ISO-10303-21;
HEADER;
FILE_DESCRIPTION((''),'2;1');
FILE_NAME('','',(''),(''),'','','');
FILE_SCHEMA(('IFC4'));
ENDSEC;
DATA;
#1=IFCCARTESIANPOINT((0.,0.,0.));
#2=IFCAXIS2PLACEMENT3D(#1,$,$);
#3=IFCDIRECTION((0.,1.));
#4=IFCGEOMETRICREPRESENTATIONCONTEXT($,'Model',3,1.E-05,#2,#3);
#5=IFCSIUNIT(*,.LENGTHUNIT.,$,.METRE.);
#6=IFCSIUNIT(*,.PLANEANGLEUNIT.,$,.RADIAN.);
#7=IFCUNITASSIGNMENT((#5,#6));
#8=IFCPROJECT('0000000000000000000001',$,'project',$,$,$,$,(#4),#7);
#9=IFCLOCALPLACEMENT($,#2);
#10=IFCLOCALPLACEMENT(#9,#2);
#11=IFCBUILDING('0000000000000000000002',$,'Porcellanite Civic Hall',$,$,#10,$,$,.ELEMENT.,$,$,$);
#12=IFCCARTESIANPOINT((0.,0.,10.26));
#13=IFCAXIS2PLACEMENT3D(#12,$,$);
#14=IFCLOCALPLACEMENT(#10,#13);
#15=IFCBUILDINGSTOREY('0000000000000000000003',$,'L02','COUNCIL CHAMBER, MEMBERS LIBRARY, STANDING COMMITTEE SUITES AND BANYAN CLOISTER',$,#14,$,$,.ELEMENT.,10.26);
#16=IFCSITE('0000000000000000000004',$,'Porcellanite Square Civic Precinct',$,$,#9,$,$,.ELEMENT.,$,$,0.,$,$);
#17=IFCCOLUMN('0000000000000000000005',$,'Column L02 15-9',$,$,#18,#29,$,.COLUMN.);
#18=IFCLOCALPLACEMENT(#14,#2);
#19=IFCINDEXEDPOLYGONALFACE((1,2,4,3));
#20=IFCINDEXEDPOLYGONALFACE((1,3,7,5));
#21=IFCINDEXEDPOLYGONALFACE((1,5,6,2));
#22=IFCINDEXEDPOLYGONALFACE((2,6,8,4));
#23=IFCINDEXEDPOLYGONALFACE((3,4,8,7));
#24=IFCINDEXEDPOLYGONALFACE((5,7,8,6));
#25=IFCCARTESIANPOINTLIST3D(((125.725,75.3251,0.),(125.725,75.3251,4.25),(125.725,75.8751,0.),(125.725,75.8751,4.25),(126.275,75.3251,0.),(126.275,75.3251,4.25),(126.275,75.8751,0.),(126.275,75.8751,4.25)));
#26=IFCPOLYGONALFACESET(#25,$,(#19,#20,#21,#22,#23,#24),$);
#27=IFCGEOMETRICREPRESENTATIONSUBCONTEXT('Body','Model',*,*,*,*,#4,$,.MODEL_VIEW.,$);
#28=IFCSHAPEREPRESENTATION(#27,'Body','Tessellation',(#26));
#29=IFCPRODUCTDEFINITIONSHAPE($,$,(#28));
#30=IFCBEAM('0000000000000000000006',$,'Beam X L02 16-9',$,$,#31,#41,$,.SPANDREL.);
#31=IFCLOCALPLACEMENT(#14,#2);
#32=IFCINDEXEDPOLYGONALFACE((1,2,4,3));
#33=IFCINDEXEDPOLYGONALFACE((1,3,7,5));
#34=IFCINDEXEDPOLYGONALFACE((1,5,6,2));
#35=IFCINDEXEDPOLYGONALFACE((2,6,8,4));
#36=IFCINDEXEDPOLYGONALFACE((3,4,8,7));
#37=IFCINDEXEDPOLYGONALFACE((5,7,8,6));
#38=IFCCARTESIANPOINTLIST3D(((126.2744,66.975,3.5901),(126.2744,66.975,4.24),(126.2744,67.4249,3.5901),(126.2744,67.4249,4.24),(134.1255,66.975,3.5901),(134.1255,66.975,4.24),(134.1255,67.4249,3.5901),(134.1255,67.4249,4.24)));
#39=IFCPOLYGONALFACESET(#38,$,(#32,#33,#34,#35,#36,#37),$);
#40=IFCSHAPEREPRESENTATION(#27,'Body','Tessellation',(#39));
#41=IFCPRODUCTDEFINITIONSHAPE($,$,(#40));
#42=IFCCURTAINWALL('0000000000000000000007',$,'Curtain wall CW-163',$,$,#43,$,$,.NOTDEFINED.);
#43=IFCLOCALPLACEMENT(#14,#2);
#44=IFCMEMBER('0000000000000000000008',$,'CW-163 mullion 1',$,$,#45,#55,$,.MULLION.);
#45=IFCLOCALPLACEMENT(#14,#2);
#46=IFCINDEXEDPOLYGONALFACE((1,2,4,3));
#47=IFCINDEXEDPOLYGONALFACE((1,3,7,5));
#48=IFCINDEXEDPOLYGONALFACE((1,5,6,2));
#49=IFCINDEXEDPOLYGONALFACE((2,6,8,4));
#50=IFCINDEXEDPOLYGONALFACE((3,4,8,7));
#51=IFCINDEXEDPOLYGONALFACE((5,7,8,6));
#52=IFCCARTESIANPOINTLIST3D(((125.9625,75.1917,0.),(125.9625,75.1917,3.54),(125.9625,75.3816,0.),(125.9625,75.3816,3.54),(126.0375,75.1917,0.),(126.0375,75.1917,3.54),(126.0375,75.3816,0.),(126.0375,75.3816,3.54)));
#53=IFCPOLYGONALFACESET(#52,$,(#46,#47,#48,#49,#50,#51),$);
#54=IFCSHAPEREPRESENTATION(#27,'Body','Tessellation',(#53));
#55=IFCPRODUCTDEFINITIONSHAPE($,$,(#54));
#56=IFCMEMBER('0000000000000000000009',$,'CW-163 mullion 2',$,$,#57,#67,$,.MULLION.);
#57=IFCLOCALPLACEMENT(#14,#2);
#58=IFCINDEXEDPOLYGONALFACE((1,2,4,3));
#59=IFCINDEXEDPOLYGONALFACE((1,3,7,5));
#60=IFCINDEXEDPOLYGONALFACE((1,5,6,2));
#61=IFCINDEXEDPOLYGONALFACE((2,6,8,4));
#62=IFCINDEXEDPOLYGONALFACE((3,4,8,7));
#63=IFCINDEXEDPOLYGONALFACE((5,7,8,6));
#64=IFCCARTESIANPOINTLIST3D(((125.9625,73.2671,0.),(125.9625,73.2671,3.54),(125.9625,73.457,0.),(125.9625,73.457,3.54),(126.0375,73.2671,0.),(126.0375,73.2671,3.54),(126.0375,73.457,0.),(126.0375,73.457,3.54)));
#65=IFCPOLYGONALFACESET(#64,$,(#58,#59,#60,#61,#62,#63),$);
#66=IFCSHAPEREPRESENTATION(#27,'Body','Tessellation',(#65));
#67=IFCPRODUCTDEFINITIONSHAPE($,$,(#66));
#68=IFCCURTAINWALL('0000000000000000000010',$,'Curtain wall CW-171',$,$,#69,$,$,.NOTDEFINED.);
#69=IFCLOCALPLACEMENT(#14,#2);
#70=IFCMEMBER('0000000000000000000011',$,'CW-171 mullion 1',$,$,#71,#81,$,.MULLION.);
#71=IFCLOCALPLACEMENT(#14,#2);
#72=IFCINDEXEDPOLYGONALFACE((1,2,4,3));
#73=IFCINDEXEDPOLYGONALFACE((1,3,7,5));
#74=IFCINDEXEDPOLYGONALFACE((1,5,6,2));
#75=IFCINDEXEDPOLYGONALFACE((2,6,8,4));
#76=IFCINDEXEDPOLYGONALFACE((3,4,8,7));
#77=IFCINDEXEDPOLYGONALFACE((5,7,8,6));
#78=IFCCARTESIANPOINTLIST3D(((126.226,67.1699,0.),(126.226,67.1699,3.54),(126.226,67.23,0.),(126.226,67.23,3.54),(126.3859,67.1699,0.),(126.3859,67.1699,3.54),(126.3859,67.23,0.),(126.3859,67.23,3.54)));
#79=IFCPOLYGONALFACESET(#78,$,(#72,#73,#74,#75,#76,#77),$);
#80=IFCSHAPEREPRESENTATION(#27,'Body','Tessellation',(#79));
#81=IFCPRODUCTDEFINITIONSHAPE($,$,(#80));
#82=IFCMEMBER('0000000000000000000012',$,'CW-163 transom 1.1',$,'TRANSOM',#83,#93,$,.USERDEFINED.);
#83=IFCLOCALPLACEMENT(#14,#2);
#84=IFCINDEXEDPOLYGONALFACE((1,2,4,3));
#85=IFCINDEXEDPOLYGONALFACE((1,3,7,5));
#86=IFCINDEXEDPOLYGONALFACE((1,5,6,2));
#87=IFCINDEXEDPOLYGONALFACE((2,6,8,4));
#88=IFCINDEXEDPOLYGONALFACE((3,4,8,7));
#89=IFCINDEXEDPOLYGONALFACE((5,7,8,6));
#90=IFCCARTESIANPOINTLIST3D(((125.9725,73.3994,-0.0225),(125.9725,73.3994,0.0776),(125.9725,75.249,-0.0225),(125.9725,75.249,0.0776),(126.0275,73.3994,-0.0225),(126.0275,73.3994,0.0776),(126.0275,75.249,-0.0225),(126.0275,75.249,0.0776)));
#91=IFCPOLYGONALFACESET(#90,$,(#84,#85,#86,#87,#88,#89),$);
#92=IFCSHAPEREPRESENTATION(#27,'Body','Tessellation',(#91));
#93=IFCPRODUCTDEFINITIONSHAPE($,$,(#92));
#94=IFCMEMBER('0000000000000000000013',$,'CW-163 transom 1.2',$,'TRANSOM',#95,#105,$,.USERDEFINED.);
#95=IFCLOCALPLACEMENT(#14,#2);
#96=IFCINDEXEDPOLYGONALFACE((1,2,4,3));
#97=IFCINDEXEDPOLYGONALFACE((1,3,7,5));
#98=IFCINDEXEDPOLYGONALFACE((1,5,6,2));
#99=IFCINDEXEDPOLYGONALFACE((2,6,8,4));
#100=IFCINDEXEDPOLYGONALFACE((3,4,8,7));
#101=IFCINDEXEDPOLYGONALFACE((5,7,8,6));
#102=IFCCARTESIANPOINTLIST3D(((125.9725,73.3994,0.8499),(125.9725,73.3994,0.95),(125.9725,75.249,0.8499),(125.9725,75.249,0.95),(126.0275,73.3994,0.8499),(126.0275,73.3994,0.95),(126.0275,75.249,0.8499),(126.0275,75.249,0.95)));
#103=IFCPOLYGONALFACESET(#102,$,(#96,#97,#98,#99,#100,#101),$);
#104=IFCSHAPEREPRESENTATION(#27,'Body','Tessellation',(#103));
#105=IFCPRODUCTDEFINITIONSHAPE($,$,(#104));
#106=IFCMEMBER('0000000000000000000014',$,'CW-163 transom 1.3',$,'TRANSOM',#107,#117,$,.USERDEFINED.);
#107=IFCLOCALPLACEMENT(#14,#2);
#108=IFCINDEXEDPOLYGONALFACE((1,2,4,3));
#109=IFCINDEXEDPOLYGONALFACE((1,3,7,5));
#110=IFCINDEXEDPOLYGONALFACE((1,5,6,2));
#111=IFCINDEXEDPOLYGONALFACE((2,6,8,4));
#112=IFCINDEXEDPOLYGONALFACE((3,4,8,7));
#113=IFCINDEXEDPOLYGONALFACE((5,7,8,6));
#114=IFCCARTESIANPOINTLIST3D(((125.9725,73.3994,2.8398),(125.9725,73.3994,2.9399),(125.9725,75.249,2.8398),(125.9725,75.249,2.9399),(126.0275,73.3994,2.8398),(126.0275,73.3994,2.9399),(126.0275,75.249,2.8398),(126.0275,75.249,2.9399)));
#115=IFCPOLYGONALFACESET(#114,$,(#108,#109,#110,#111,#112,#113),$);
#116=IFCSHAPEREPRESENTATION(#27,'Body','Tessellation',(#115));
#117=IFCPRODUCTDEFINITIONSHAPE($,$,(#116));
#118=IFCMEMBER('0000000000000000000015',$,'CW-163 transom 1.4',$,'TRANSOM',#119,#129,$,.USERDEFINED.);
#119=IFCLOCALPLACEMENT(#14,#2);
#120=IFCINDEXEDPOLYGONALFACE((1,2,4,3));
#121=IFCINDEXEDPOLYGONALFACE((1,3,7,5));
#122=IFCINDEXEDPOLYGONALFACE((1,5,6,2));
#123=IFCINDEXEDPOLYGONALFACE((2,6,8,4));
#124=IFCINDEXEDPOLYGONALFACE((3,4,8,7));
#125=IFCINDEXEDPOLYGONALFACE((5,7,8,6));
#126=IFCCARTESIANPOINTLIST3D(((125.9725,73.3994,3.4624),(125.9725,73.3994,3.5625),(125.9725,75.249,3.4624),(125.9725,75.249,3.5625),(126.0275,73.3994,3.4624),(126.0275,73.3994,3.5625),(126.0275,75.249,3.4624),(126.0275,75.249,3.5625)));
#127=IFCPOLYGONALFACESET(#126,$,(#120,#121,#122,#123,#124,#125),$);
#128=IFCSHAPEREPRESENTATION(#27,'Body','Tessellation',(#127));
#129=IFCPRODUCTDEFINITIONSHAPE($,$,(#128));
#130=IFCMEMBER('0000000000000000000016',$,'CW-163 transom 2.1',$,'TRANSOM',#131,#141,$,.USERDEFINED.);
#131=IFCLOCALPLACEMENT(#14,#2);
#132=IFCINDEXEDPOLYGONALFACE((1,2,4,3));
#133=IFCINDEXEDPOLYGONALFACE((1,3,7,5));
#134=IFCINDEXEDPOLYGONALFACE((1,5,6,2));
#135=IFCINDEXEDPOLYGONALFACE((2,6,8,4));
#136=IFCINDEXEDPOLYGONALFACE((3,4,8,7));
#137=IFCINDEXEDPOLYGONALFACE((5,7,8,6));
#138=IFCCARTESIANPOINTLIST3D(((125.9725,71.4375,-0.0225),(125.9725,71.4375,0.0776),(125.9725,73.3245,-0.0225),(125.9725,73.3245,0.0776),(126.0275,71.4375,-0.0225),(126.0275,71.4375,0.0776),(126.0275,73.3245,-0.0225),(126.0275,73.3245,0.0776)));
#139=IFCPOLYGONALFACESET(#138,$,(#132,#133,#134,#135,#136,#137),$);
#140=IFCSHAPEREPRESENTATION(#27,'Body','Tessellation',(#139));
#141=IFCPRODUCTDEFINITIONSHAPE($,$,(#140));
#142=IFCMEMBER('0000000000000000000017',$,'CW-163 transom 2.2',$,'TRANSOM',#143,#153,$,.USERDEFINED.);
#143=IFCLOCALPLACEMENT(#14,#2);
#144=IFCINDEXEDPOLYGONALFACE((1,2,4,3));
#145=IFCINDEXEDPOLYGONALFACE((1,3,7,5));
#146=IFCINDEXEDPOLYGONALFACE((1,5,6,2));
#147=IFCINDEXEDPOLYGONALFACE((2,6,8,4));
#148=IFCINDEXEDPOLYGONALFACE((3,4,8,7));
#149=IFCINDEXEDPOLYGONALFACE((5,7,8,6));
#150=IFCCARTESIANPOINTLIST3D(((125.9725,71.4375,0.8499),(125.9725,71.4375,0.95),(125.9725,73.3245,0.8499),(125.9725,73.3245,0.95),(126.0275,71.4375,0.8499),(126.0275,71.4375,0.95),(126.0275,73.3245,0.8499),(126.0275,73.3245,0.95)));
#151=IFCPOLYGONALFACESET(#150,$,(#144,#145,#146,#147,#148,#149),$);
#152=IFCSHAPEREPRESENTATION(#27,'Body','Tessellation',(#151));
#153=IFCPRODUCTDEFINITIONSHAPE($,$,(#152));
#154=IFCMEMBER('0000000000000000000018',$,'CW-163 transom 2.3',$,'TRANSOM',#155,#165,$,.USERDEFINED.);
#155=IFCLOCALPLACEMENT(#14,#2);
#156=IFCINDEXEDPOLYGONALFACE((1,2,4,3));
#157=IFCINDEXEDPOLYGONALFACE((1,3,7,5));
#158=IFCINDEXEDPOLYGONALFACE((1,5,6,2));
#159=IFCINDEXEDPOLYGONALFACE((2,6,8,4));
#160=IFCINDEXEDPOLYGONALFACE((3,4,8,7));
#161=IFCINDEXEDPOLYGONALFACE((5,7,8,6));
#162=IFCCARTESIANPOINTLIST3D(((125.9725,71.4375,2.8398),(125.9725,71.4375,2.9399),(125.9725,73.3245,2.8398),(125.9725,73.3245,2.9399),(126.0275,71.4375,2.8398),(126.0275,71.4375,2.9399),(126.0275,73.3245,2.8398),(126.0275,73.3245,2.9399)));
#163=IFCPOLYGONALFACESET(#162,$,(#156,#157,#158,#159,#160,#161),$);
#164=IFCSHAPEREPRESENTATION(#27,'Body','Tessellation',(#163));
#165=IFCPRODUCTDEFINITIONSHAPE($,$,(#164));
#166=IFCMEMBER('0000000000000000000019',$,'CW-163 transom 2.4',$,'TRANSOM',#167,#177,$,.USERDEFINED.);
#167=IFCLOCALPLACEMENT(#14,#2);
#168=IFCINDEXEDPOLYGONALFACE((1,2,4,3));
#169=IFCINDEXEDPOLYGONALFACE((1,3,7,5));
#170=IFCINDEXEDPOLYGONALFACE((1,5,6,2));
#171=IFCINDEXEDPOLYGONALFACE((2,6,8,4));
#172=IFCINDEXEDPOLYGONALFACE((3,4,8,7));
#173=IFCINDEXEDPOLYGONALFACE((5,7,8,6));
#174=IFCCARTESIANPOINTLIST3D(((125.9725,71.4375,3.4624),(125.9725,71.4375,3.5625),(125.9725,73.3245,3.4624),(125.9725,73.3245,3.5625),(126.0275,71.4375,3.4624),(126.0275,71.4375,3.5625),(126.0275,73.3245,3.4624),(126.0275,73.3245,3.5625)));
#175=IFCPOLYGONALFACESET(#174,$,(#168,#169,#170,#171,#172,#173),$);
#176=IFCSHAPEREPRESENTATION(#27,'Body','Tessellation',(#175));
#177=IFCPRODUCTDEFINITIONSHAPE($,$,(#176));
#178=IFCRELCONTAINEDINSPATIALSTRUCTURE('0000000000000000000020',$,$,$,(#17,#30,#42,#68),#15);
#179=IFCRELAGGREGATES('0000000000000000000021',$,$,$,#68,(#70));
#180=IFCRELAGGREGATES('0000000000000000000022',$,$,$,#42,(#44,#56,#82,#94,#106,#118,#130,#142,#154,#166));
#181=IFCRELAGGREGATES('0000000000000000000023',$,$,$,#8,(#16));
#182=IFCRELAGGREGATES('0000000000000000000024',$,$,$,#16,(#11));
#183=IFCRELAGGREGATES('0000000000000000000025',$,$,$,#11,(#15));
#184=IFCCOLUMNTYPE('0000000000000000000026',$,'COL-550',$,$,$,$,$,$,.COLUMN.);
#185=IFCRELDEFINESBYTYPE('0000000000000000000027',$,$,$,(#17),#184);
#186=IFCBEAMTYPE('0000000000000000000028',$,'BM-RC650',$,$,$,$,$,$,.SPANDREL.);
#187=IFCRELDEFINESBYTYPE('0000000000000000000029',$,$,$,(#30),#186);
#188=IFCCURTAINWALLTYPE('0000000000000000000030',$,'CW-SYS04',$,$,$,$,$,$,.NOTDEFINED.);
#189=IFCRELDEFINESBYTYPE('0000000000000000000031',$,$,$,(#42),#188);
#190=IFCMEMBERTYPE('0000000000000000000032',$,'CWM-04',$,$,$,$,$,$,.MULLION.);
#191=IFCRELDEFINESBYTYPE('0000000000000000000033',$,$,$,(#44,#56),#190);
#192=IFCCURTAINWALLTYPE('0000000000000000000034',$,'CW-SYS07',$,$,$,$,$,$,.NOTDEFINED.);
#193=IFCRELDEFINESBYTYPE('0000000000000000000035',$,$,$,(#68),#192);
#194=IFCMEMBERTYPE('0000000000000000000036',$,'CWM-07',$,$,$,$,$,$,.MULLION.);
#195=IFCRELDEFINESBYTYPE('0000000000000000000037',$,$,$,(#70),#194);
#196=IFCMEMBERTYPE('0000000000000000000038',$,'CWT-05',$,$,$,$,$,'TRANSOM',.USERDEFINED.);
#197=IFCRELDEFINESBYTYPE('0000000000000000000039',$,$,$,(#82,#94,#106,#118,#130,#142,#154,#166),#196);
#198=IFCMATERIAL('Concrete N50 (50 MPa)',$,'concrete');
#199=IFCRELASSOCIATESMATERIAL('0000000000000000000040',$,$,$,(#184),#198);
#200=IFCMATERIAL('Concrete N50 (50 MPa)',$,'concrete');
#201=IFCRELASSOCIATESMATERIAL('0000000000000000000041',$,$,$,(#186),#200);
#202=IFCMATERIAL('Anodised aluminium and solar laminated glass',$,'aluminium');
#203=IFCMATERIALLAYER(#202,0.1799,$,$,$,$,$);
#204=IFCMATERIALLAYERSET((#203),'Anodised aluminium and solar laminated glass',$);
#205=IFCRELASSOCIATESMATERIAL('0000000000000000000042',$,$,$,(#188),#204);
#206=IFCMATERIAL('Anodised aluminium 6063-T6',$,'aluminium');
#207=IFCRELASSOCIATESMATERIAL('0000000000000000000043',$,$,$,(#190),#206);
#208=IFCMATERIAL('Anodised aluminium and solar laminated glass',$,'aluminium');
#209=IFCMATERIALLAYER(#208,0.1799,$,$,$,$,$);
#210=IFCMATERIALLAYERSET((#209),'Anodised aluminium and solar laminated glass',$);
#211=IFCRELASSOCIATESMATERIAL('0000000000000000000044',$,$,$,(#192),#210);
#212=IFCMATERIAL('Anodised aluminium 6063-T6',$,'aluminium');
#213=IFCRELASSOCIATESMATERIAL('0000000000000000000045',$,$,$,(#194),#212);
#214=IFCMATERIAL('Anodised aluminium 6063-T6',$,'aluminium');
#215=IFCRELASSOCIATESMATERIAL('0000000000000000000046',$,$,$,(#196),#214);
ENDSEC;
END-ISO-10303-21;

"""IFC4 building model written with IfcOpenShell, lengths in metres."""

from ifc_helpers import new_model, si_unit, direction, frame, origin, origin_2d, place, context, subcontext, project, spatial, rectangle, extrude, material, layer, layer_set, material_profile, profile_set, type_object, element, aggregate, save


model = new_model("IFC4")

# Units and contexts
model_context = context("Model", 3, precision=1e-05, world=origin(), true_north=direction((0.0, 1.0)))
body_context = subcontext(model_context, "Body", "Model", "MODEL_VIEW")
ifc_project = project(units=[si_unit("LENGTHUNIT", "METRE"), si_unit("PLANEANGLEUNIT", "RADIAN")], contexts=[model_context])

# Site, building, storey
site_placement = place(None, origin())
site = spatial("IfcSite", under=ifc_project, at=site_placement, Name="Porcellanite Square Civic Precinct", CompositionType="ELEMENT", RefElevation=0.0)
building_placement = place(site_placement, origin())
building = spatial("IfcBuilding", under=site, at=building_placement, Name="Porcellanite Civic Hall", CompositionType="ELEMENT")
storey_placement = place(building_placement, frame((0.0, 0.0, 10.26)))
storey = spatial("IfcBuildingStorey", under=building, at=storey_placement, Name="L02", Description="COUNCIL CHAMBER, MEMBERS LIBRARY, STANDING COMMITTEE SUITES AND BANYAN CLOISTER", CompositionType="ELEMENT", Elevation=10.26)

# Column
ifc_material_1 = material(Name="Concrete N50 (50 MPa)", Category="concrete")
ifc_material_profile_1 = material_profile(ifc_material_1, rectangle(XDim=0.55, YDim=0.55, at=origin_2d()), Name="RC-550x550")
ifc_profile_set_1 = profile_set([ifc_material_profile_1], Name="Concrete N50 (50 MPa)")
column_type = type_object("IfcColumnType", Name="COL-550", PredefinedType="COLUMN", material=ifc_profile_set_1)
column_placement = place(storey_placement, frame((126.0, 75.6001, 0.0), z_axis=(0.0, 0.0, 1.0), x_axis=(1.0, 0.0, 0.0)))
element("IfcColumn", 1, at=column_placement, inside=storey, type_object=column_type, Name="Column L02 15-9", PredefinedType="COLUMN", context=body_context, shape_type="SweptSolid", body=[
    extrude(rectangle(XDim=0.55, YDim=0.55, at=origin_2d()), origin(), (0.0, 0.0, 1.0), 4.25),
])

# Beam
ifc_material_2 = material(Name="Concrete N50 (50 MPa)", Category="concrete")
ifc_material_profile_2 = material_profile(ifc_material_2, rectangle(XDim=0.45, YDim=0.6499, at=origin_2d()), Name="RC-450x650")
ifc_profile_set_2 = profile_set([ifc_material_profile_2], Name="Concrete N50 (50 MPa)")
beam_type = type_object("IfcBeamType", Name="BM-RC650", PredefinedType="SPANDREL", material=ifc_profile_set_2)
beam_placement = place(storey_placement, frame((126.2744, 67.2, 3.915), z_axis=(1.0, 0.0, 0.0), x_axis=(0.0, 1.0, 0.0)))
element("IfcBeam", 2, at=beam_placement, inside=storey, type_object=beam_type, Name="Beam X L02 16-9", PredefinedType="SPANDREL", context=body_context, shape_type="SweptSolid", body=[
    extrude(rectangle(XDim=0.45, YDim=0.6499, at=origin_2d()), origin(), (0.0, 0.0, 1.0), 7.8511),
])

# Curtain wall, members
ifc_material_3 = material(Name="Anodised aluminium and solar laminated glass", Category="aluminium")
ifc_layer_1 = layer(ifc_material_3, 0.1799)
ifc_layer_set_1 = layer_set([ifc_layer_1], Name="Anodised aluminium and solar laminated glass")
curtain_wall_type_1 = type_object("IfcCurtainWallType", Name="CW-SYS04", PredefinedType="NOTDEFINED", material=ifc_layer_set_1)
curtain_wall_1_placement = place(storey_placement, origin())
curtain_wall_1 = element("IfcCurtainWall", 3, at=curtain_wall_1_placement, inside=storey, type_object=curtain_wall_type_1, Name="Curtain wall CW-163", PredefinedType="NOTDEFINED")
ifc_material_4 = material(Name="Anodised aluminium 6063-T6", Category="aluminium")
ifc_material_profile_3 = material_profile(ifc_material_4, rectangle(XDim=0.075, YDim=0.1899, at=origin_2d()), Name="AL-75x190")
ifc_profile_set_3 = profile_set([ifc_material_profile_3], Name="Anodised aluminium 6063-T6")
member_type_1 = type_object("IfcMemberType", Name="CWM-04", PredefinedType="MULLION", material=ifc_profile_set_3)
member_1_placement = place(storey_placement, frame((126.0, 75.2866, 0.0), z_axis=(0.0, 0.0, 1.0), x_axis=(1.0, 0.0, 0.0)))
member_1 = element("IfcMember", 4, at=member_1_placement, type_object=member_type_1, Name="CW-163 mullion 1", PredefinedType="MULLION", context=body_context, shape_type="SweptSolid", body=[
    extrude(rectangle(XDim=0.075, YDim=0.1899, at=origin_2d()), origin(), (0.0, 0.0, 1.0), 3.54),
])
member_2_placement = place(storey_placement, frame((126.0, 73.3621, 0.0), z_axis=(0.0, 0.0, 1.0), x_axis=(1.0, 0.0, 0.0)))
member_2 = element("IfcMember", 5, at=member_2_placement, type_object=member_type_1, Name="CW-163 mullion 2", PredefinedType="MULLION", context=body_context, shape_type="SweptSolid", body=[
    extrude(rectangle(XDim=0.075, YDim=0.1899, at=origin_2d()), origin(), (0.0, 0.0, 1.0), 3.54),
])

# Curtain wall, member
ifc_material_5 = material(Name="Anodised aluminium and solar laminated glass", Category="aluminium")
ifc_layer_2 = layer(ifc_material_5, 0.1799)
ifc_layer_set_2 = layer_set([ifc_layer_2], Name="Anodised aluminium and solar laminated glass")
curtain_wall_type_2 = type_object("IfcCurtainWallType", Name="CW-SYS07", PredefinedType="NOTDEFINED", material=ifc_layer_set_2)
curtain_wall_2_placement = place(storey_placement, origin())
curtain_wall_2 = element("IfcCurtainWall", 6, at=curtain_wall_2_placement, inside=storey, type_object=curtain_wall_type_2, Name="Curtain wall CW-171", PredefinedType="NOTDEFINED")
ifc_material_6 = material(Name="Anodised aluminium 6063-T6", Category="aluminium")
ifc_material_profile_4 = material_profile(ifc_material_6, rectangle(XDim=0.0601, YDim=0.1599, at=origin_2d()), Name="AL-60x160")
ifc_profile_set_4 = profile_set([ifc_material_profile_4], Name="Anodised aluminium 6063-T6")
member_type_2 = type_object("IfcMemberType", Name="CWM-07", PredefinedType="MULLION", material=ifc_profile_set_4)
member_3_placement = place(storey_placement, frame((126.3059, 67.2, 0.0), z_axis=(0.0, 0.0, 1.0), x_axis=(0.0, 1.0, 0.0)))
member_3 = element("IfcMember", 7, at=member_3_placement, type_object=member_type_2, Name="CW-171 mullion 1", PredefinedType="MULLION", context=body_context, shape_type="SweptSolid", body=[
    extrude(rectangle(XDim=0.0601, YDim=0.1599, at=origin_2d()), origin(), (0.0, 0.0, 1.0), 3.54),
])

# Members
ifc_material_7 = material(Name="Anodised aluminium 6063-T6", Category="aluminium")
ifc_material_profile_5 = material_profile(ifc_material_7, rectangle(XDim=0.0549, YDim=0.1001, at=origin_2d()), Name="AL-55x100")
ifc_profile_set_5 = profile_set([ifc_material_profile_5], Name="Anodised aluminium 6063-T6")
member_type_3 = type_object("IfcMemberType", Name="CWT-05", ElementType="TRANSOM", PredefinedType="USERDEFINED", material=ifc_profile_set_5)
member_4_placement = place(storey_placement, frame((126.0, 75.249, 0.0276), z_axis=(0.0, -1.0, 0.0), x_axis=(1.0, 0.0, 0.0)))
member_4 = element("IfcMember", 8, at=member_4_placement, type_object=member_type_3, Name="CW-163 transom 1.1", ObjectType="TRANSOM", PredefinedType="USERDEFINED", context=body_context, shape_type="SweptSolid", body=[
    extrude(rectangle(XDim=0.0549, YDim=0.1001, at=origin_2d()), origin(), (0.0, 0.0, 1.0), 1.8496),
])
member_5_placement = place(storey_placement, frame((126.0, 75.249, 0.8999), z_axis=(0.0, -1.0, 0.0), x_axis=(1.0, 0.0, 0.0)))
member_5 = element("IfcMember", 9, at=member_5_placement, type_object=member_type_3, Name="CW-163 transom 1.2", ObjectType="TRANSOM", PredefinedType="USERDEFINED", context=body_context, shape_type="SweptSolid", body=[
    extrude(rectangle(XDim=0.0549, YDim=0.1001, at=origin_2d()), origin(), (0.0, 0.0, 1.0), 1.8496),
])
member_6_placement = place(storey_placement, frame((126.0, 75.249, 2.8899), z_axis=(0.0, -1.0, 0.0), x_axis=(1.0, 0.0, 0.0)))
member_6 = element("IfcMember", 10, at=member_6_placement, type_object=member_type_3, Name="CW-163 transom 1.3", ObjectType="TRANSOM", PredefinedType="USERDEFINED", context=body_context, shape_type="SweptSolid", body=[
    extrude(rectangle(XDim=0.0549, YDim=0.1001, at=origin_2d()), origin(), (0.0, 0.0, 1.0), 1.8496),
])
member_7_placement = place(storey_placement, frame((126.0, 75.249, 3.5125), z_axis=(0.0, -1.0, 0.0), x_axis=(1.0, 0.0, 0.0)))
member_7 = element("IfcMember", 11, at=member_7_placement, type_object=member_type_3, Name="CW-163 transom 1.4", ObjectType="TRANSOM", PredefinedType="USERDEFINED", context=body_context, shape_type="SweptSolid", body=[
    extrude(rectangle(XDim=0.0549, YDim=0.1001, at=origin_2d()), origin(), (0.0, 0.0, 1.0), 1.8496),
])
member_8_placement = place(storey_placement, frame((126.0, 73.3245, 0.0276), z_axis=(0.0, -1.0, 0.0), x_axis=(1.0, 0.0, 0.0)))
member_8 = element("IfcMember", 12, at=member_8_placement, type_object=member_type_3, Name="CW-163 transom 2.1", ObjectType="TRANSOM", PredefinedType="USERDEFINED", context=body_context, shape_type="SweptSolid", body=[
    extrude(rectangle(XDim=0.0549, YDim=0.1001, at=origin_2d()), origin(), (0.0, 0.0, 1.0), 1.887),
])
member_9_placement = place(storey_placement, frame((126.0, 73.3245, 0.8999), z_axis=(0.0, -1.0, 0.0), x_axis=(1.0, 0.0, 0.0)))
member_9 = element("IfcMember", 13, at=member_9_placement, type_object=member_type_3, Name="CW-163 transom 2.2", ObjectType="TRANSOM", PredefinedType="USERDEFINED", context=body_context, shape_type="SweptSolid", body=[
    extrude(rectangle(XDim=0.0549, YDim=0.1001, at=origin_2d()), origin(), (0.0, 0.0, 1.0), 1.887),
])
member_10_placement = place(storey_placement, frame((126.0, 73.3245, 2.8899), z_axis=(0.0, -1.0, 0.0), x_axis=(1.0, 0.0, 0.0)))
member_10 = element("IfcMember", 14, at=member_10_placement, type_object=member_type_3, Name="CW-163 transom 2.3", ObjectType="TRANSOM", PredefinedType="USERDEFINED", context=body_context, shape_type="SweptSolid", body=[
    extrude(rectangle(XDim=0.0549, YDim=0.1001, at=origin_2d()), origin(), (0.0, 0.0, 1.0), 1.887),
])
member_11_placement = place(storey_placement, frame((126.0, 73.3245, 3.5125), z_axis=(0.0, -1.0, 0.0), x_axis=(1.0, 0.0, 0.0)))
member_11 = element("IfcMember", 15, at=member_11_placement, type_object=member_type_3, Name="CW-163 transom 2.4", ObjectType="TRANSOM", PredefinedType="USERDEFINED", context=body_context, shape_type="SweptSolid", body=[
    extrude(rectangle(XDim=0.0549, YDim=0.1001, at=origin_2d()), origin(), (0.0, 0.0, 1.0), 1.887),
])

aggregate(curtain_wall_2, [member_3])
aggregate(curtain_wall_1, [member_1, member_2, member_4, member_5, member_6, member_7, member_8, member_9, member_10, member_11])

save(model, "model.ifc")
